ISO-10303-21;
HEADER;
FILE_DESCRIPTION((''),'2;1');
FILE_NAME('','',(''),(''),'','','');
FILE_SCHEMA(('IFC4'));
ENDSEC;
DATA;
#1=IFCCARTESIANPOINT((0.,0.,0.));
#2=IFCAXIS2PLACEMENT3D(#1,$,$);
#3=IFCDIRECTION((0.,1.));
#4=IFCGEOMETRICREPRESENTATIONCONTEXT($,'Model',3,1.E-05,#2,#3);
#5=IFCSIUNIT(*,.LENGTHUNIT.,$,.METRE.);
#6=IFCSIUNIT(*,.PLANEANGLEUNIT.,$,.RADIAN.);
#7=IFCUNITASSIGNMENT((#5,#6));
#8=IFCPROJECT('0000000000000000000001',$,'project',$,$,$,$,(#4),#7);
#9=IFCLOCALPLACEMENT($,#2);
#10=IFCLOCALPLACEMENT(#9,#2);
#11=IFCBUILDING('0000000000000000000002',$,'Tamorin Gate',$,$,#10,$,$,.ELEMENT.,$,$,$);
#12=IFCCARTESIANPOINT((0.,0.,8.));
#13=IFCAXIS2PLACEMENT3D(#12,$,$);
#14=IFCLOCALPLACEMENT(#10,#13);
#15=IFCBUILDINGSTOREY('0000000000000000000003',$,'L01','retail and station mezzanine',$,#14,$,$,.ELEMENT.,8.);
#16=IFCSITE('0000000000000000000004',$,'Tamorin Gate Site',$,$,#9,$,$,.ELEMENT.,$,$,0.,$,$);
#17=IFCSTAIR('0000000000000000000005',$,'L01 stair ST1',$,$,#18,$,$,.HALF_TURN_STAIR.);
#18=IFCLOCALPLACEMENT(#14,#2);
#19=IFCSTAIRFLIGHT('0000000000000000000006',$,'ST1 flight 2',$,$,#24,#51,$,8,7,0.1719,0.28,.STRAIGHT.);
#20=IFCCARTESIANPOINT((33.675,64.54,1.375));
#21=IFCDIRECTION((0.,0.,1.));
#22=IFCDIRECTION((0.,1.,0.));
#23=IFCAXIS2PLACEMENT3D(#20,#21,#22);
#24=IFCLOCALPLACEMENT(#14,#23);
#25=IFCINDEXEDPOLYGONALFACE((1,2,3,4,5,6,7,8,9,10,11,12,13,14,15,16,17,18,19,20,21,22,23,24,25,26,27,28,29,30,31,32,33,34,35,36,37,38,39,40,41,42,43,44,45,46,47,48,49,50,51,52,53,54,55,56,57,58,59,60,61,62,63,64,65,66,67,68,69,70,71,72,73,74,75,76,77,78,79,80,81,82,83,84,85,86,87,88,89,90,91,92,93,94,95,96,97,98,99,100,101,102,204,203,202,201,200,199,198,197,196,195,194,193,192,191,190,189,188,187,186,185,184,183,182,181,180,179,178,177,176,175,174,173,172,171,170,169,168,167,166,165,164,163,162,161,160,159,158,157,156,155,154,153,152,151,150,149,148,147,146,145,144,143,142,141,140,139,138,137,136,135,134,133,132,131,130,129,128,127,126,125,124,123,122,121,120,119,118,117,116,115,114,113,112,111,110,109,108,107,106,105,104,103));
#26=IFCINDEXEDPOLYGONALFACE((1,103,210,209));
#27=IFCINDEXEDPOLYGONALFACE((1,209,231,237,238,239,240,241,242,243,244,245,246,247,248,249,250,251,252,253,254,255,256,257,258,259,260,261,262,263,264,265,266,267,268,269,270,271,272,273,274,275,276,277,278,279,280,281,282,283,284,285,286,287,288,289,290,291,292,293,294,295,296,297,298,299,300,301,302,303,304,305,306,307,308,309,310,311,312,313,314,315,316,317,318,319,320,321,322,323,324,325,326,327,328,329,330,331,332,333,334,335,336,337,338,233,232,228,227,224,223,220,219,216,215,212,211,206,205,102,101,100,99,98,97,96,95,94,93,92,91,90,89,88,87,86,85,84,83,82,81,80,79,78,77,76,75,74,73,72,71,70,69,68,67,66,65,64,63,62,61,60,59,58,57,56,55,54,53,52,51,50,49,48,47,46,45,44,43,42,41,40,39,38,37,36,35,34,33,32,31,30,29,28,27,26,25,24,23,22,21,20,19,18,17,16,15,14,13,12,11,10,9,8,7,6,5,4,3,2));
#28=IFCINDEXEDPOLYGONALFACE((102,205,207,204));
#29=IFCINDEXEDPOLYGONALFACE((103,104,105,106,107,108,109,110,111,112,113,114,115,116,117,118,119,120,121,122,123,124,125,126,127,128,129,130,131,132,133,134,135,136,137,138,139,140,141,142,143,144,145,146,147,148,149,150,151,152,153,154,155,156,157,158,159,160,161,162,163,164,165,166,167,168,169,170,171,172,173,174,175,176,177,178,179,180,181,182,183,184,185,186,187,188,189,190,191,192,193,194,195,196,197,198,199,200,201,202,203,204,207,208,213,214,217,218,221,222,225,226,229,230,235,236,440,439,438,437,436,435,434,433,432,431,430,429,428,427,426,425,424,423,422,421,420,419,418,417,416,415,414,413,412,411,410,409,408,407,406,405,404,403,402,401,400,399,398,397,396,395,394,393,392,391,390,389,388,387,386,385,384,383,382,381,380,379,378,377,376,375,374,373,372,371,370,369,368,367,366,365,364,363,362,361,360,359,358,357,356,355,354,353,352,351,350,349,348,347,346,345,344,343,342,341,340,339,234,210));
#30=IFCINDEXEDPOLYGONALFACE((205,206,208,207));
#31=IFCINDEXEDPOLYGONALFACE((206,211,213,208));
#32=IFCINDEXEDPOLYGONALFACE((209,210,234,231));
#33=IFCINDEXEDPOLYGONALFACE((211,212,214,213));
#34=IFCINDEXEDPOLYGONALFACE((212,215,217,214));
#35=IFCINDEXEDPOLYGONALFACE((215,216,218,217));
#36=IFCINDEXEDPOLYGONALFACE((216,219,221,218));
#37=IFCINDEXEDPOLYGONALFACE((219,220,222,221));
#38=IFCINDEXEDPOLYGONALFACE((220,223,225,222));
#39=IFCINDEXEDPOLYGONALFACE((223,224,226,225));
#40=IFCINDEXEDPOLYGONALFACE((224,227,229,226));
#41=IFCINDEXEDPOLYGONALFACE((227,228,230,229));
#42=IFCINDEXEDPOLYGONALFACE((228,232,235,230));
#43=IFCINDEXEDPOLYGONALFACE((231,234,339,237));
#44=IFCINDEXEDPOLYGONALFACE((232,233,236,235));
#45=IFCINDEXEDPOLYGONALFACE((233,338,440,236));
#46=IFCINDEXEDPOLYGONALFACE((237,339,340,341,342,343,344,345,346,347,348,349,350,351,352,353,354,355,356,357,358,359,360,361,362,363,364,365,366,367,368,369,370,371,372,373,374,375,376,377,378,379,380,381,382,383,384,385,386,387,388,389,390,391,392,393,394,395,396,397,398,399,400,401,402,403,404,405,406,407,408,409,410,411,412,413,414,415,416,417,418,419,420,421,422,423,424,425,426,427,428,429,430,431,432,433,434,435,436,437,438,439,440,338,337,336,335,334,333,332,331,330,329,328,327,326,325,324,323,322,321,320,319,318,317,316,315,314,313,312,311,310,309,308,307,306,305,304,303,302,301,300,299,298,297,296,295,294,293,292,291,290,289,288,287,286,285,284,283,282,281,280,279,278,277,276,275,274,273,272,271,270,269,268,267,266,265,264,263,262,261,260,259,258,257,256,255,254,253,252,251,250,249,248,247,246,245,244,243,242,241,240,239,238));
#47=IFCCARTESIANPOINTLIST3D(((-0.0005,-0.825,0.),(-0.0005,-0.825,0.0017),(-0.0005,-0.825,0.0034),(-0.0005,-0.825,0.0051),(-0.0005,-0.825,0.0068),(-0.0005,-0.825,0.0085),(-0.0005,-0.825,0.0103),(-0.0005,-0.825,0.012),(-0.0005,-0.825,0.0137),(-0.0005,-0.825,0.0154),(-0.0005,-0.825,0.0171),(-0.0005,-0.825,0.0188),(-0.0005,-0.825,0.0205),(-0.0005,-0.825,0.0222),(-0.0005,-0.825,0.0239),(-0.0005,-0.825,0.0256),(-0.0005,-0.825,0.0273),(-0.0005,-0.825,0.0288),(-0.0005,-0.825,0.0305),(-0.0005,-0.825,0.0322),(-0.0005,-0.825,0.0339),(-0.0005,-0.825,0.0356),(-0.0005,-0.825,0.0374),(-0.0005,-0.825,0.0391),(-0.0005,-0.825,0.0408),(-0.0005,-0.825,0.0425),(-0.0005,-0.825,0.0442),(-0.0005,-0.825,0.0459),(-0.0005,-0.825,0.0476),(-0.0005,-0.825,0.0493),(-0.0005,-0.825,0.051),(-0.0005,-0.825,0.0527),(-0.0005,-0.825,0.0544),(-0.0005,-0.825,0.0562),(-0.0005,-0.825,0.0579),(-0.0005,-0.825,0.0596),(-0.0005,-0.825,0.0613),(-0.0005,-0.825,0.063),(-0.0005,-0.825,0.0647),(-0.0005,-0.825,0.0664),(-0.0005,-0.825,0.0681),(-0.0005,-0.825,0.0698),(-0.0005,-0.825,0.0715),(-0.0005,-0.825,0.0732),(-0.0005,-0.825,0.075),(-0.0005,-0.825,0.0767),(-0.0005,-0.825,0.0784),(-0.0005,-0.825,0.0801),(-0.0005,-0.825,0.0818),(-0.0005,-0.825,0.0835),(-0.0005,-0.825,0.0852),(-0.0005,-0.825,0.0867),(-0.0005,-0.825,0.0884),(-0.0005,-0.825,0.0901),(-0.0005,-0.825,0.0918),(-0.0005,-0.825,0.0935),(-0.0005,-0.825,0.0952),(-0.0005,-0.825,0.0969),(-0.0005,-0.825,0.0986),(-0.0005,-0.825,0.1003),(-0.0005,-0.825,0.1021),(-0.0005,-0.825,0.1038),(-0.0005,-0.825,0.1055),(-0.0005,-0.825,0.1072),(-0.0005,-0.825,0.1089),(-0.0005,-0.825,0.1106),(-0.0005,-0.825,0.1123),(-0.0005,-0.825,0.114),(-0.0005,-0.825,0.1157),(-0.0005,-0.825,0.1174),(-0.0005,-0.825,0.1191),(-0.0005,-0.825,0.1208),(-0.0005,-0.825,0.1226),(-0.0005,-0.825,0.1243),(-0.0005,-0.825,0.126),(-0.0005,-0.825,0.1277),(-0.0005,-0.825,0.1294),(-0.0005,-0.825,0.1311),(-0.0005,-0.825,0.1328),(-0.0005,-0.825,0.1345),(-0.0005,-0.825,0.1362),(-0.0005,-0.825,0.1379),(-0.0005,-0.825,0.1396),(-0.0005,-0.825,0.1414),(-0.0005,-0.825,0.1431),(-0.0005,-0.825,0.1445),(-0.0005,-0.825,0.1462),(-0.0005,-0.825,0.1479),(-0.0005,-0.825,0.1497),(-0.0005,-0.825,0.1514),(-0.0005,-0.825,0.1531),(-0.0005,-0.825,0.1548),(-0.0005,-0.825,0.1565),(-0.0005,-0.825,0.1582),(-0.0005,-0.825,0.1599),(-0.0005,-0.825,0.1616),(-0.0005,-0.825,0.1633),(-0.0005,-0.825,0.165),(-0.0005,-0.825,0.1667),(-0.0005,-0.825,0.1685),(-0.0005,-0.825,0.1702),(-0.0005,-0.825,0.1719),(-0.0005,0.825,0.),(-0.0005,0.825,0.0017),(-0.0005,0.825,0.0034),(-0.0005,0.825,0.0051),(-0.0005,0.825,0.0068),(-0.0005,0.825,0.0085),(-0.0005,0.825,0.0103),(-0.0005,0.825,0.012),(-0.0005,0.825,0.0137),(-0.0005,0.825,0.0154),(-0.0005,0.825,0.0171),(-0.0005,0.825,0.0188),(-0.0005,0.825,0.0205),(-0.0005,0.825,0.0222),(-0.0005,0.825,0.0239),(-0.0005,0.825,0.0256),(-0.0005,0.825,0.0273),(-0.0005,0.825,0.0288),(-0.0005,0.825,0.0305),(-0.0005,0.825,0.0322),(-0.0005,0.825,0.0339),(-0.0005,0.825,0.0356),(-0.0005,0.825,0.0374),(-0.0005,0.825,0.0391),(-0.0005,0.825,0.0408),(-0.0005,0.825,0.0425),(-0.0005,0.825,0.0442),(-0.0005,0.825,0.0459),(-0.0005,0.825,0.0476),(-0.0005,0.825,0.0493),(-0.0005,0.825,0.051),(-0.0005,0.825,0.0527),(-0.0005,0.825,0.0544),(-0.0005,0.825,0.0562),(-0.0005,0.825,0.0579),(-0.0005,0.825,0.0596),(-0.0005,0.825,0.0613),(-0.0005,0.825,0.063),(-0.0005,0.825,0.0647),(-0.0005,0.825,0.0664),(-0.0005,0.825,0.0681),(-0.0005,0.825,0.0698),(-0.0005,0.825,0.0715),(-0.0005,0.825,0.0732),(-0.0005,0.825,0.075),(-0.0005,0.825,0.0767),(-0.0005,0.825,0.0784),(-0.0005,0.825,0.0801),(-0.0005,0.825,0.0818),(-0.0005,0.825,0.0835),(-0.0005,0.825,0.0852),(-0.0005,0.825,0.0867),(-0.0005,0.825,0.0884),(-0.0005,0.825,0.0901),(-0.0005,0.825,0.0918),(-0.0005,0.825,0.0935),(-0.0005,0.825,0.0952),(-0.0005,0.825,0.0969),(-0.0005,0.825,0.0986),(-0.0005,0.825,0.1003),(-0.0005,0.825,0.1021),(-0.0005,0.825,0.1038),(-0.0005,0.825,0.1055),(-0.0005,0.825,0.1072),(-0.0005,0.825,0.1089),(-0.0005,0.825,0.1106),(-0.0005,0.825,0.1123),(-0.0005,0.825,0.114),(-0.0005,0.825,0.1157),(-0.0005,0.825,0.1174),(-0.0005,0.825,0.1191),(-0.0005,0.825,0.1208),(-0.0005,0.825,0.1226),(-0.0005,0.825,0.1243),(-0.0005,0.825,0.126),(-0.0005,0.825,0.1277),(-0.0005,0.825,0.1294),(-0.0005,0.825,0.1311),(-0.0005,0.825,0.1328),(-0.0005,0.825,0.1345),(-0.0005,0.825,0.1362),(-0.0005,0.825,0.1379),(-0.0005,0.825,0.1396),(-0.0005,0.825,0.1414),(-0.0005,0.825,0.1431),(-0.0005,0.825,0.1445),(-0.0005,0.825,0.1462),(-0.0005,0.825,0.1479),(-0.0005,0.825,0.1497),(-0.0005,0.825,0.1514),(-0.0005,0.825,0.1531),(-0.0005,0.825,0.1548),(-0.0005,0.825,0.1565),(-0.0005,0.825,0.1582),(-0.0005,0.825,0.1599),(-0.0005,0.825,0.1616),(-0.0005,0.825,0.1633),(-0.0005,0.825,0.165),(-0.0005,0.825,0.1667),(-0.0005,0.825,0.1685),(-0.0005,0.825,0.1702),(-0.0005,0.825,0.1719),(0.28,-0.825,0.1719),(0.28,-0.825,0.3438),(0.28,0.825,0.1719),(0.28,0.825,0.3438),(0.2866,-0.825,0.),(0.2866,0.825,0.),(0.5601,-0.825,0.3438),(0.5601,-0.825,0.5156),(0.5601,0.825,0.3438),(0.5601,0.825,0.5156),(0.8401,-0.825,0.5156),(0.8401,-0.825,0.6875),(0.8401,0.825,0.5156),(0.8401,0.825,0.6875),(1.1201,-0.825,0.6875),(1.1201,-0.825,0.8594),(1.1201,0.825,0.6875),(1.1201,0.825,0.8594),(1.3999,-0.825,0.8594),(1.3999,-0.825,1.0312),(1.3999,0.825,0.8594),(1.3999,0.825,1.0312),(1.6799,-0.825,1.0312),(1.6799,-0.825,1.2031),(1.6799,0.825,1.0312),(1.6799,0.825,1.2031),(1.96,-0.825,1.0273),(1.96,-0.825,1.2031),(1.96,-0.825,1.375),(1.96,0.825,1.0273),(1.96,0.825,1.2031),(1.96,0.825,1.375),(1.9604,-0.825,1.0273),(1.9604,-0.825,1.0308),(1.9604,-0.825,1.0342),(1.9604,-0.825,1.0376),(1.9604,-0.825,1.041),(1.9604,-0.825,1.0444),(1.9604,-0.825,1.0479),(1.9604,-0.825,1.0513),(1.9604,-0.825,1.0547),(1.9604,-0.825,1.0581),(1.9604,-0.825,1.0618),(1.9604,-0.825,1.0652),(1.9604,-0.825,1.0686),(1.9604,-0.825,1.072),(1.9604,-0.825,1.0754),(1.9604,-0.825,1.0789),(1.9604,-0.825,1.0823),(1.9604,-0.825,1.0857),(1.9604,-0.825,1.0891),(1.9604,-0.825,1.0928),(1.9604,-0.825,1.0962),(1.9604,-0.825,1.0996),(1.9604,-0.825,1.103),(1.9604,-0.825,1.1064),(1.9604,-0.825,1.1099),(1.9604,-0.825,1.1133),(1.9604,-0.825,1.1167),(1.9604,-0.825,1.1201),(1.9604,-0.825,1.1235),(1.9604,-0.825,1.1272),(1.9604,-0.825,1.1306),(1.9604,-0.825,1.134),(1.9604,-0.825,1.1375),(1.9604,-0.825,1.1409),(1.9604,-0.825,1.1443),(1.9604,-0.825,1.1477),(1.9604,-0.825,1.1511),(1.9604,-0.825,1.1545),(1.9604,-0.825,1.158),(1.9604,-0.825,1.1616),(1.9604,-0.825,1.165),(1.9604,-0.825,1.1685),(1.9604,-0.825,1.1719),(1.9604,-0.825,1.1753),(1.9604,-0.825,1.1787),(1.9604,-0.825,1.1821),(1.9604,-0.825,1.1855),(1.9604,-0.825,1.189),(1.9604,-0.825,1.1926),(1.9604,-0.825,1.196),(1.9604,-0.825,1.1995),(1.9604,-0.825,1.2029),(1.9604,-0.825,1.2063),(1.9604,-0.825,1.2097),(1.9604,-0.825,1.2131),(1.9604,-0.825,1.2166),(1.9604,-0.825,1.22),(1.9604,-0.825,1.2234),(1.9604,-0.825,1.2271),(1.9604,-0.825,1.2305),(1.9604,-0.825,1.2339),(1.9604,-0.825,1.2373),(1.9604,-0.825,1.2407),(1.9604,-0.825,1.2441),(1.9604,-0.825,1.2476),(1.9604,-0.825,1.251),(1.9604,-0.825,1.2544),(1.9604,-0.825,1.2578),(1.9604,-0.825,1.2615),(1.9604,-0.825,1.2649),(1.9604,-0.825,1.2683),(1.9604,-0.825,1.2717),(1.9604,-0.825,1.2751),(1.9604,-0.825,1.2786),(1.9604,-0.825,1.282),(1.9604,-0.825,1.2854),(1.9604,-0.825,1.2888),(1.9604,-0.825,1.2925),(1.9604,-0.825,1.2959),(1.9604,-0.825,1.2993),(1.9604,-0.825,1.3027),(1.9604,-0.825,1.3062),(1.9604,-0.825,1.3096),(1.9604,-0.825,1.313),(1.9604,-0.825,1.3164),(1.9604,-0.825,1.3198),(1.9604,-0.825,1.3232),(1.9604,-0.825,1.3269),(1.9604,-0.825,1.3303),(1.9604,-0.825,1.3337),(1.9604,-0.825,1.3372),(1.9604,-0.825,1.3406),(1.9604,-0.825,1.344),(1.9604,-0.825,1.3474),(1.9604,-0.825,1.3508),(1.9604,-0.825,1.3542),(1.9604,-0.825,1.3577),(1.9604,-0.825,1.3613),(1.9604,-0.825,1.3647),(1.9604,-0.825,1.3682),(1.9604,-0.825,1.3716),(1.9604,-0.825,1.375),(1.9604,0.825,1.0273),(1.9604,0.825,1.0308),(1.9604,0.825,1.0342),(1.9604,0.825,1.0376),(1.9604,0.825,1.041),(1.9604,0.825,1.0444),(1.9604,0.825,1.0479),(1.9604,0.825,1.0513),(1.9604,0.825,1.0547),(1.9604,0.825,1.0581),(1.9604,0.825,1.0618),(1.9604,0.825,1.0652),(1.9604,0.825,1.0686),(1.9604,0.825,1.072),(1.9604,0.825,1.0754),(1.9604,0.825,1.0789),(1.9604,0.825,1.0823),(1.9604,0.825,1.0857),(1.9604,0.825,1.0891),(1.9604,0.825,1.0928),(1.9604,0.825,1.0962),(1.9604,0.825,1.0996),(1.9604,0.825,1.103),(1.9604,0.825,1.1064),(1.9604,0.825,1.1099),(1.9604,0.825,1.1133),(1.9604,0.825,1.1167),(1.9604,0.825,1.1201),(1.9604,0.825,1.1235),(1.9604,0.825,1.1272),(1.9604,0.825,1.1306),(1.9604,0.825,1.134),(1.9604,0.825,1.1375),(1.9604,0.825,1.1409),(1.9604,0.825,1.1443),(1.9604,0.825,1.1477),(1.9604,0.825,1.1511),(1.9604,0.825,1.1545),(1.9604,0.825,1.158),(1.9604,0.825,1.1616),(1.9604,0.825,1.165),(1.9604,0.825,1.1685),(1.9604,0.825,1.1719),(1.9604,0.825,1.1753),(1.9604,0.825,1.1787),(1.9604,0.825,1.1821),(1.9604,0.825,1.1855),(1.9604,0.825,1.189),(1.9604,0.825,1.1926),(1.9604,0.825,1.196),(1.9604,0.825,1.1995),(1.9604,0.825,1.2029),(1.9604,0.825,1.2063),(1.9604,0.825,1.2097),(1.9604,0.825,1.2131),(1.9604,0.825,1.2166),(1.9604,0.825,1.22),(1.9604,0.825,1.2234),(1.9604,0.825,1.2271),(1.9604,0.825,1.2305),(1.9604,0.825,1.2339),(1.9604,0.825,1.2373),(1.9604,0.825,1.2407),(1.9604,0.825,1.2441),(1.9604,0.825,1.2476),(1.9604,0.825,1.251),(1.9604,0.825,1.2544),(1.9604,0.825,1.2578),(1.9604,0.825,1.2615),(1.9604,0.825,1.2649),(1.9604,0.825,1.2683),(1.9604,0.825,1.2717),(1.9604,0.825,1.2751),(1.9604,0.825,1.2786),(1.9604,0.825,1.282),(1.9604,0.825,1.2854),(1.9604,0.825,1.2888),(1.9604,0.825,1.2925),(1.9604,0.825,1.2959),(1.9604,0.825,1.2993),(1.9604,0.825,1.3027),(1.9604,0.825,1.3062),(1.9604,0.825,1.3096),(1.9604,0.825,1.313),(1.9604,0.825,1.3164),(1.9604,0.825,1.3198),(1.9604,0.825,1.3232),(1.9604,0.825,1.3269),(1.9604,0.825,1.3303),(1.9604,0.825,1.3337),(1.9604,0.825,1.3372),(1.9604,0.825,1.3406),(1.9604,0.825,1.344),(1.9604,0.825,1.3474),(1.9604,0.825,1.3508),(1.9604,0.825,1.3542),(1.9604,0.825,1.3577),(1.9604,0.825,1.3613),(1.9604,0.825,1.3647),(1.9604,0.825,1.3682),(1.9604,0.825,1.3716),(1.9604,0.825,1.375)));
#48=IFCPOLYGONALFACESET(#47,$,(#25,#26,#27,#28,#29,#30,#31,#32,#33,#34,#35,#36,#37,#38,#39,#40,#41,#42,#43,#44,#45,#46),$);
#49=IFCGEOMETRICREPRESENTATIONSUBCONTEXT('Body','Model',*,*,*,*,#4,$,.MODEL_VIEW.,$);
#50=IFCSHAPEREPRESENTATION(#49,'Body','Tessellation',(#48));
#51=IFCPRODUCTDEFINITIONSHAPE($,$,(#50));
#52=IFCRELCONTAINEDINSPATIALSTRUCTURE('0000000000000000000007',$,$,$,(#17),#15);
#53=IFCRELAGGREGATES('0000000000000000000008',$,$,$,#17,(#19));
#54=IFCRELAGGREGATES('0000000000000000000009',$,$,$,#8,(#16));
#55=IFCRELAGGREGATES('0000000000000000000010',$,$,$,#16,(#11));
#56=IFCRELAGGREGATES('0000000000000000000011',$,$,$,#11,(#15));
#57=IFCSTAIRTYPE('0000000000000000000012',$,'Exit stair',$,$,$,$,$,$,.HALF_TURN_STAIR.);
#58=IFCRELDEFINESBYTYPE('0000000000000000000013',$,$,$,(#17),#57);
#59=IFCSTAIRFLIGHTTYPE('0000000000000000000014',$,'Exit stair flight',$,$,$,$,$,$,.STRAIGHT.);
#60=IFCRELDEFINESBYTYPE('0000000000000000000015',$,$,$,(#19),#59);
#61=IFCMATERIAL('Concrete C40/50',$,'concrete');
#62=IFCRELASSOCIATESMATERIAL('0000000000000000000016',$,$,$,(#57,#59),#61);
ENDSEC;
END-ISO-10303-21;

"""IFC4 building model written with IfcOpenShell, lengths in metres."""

from ifc_helpers import new_model, si_unit, direction, frame, origin, place, context, subcontext, project, spatial, polyline, outline, extrude, material, type_object, element, aggregate, save


model = new_model("IFC4")

# Units and contexts
model_context = context("Model", 3, precision=1e-05, world=origin(), true_north=direction((0.0, 1.0)))
body_context = subcontext(model_context, "Body", "Model", "MODEL_VIEW")
ifc_project = project(units=[si_unit("LENGTHUNIT", "METRE"), si_unit("PLANEANGLEUNIT", "RADIAN")], contexts=[model_context])

# Site, building, storey
site_placement = place(None, origin())
site = spatial("IfcSite", under=ifc_project, at=site_placement, Name="Tamorin Gate Site", CompositionType="ELEMENT", RefElevation=0.0)
building_placement = place(site_placement, origin())
building = spatial("IfcBuilding", under=site, at=building_placement, Name="Tamorin Gate", CompositionType="ELEMENT")
storey_placement = place(building_placement, frame((0.0, 0.0, 8.0)))
storey = spatial("IfcBuildingStorey", under=building, at=storey_placement, Name="L01", Description="retail and station mezzanine", CompositionType="ELEMENT", Elevation=8.0)

# Shared definitions
ifc_material_1 = material(Name="Concrete C40/50", Category="concrete")

# Stair, stair flight
stair_type = type_object("IfcStairType", Name="Exit stair", PredefinedType="HALF_TURN_STAIR", material=ifc_material_1)
stair_placement = place(storey_placement, origin())
stair = element("IfcStair", 1, at=stair_placement, inside=storey, type_object=stair_type, Name="L01 stair ST1", PredefinedType="HALF_TURN_STAIR")
stair_flight_type = type_object("IfcStairFlightType", Name="Exit stair flight", PredefinedType="STRAIGHT", material=ifc_material_1)
stair_flight_1_placement = place(storey_placement, frame((33.675, 64.54, 1.375), z_axis=(0.0, 0.0, 1.0), x_axis=(0.0, 1.0, 0.0)))
stair_flight_1 = element("IfcStairFlight", 2, at=stair_flight_1_placement, type_object=stair_flight_type, Name="ST1 flight 2", NumberOfRisers=8, NumberOfTreads=7, PredefinedType="STRAIGHT", RiserHeight=0.1719, TreadLength=0.28, context=body_context, shape_type="SweptSolid", body=[
    extrude(outline(polyline([(-0.0005, 0.0), (-0.0005, 0.0017), (-0.0005, 0.0034), (-0.0005, 0.0051), (-0.0005, 0.0068), (-0.0005, 0.0085), (-0.0005, 0.0103), (-0.0005, 0.012), (-0.0005, 0.0137), (-0.0005, 0.0154), (-0.0005, 0.0171), (-0.0005, 0.0188), (-0.0005, 0.0205), (-0.0005, 0.0222), (-0.0005, 0.0239), (-0.0005, 0.0256), (-0.0005, 0.0273), (-0.0005, 0.0288), (-0.0005, 0.0305), (-0.0005, 0.0322), (-0.0005, 0.0339), (-0.0005, 0.0356), (-0.0005, 0.0374), (-0.0005, 0.0391), (-0.0005, 0.0408), (-0.0005, 0.0425), (-0.0005, 0.0442), (-0.0005, 0.0459), (-0.0005, 0.0476), (-0.0005, 0.0493), (-0.0005, 0.051), (-0.0005, 0.0527), (-0.0005, 0.0544), (-0.0005, 0.0562), (-0.0005, 0.0579), (-0.0005, 0.0596), (-0.0005, 0.0613), (-0.0005, 0.063), (-0.0005, 0.0647), (-0.0005, 0.0664), (-0.0005, 0.0681), (-0.0005, 0.0698), (-0.0005, 0.0715), (-0.0005, 0.0732), (-0.0005, 0.075), (-0.0005, 0.0767), (-0.0005, 0.0784), (-0.0005, 0.0801), (-0.0005, 0.0818), (-0.0005, 0.0835), (-0.0005, 0.0852), (-0.0005, 0.0867), (-0.0005, 0.0884), (-0.0005, 0.0901), (-0.0005, 0.0918), (-0.0005, 0.0935), (-0.0005, 0.0952), (-0.0005, 0.0969), (-0.0005, 0.0986), (-0.0005, 0.1003), (-0.0005, 0.1021), (-0.0005, 0.1038), (-0.0005, 0.1055), (-0.0005, 0.1072), (-0.0005, 0.1089), (-0.0005, 0.1106), (-0.0005, 0.1123), (-0.0005, 0.114), (-0.0005, 0.1157), (-0.0005, 0.1174), (-0.0005, 0.1191), (-0.0005, 0.1208), (-0.0005, 0.1226), (-0.0005, 0.1243), (-0.0005, 0.126), (-0.0005, 0.1277), (-0.0005, 0.1294), (-0.0005, 0.1311), (-0.0005, 0.1328), (-0.0005, 0.1345), (-0.0005, 0.1362), (-0.0005, 0.1379), (-0.0005, 0.1396), (-0.0005, 0.1414), (-0.0005, 0.1431), (-0.0005, 0.1445), (-0.0005, 0.1462), (-0.0005, 0.1479), (-0.0005, 0.1497), (-0.0005, 0.1514), (-0.0005, 0.1531), (-0.0005, 0.1548), (-0.0005, 0.1565), (-0.0005, 0.1582), (-0.0005, 0.1599), (-0.0005, 0.1616), (-0.0005, 0.1633), (-0.0005, 0.165), (-0.0005, 0.1667), (-0.0005, 0.1685), (-0.0005, 0.1702), (-0.0005, 0.1719), (0.28, 0.1719), (0.28, 0.3438), (0.5601, 0.3438), (0.5601, 0.5156), (0.8401, 0.5156), (0.8401, 0.6875), (1.1201, 0.6875), (1.1201, 0.8594), (1.3999, 0.8594), (1.3999, 1.0312), (1.6799, 1.0312), (1.6799, 1.2031), (1.96, 1.2031), (1.96, 1.375), (1.9604, 1.375), (1.9604, 1.3716), (1.9604, 1.3682), (1.9604, 1.3647), (1.9604, 1.3613), (1.9604, 1.3577), (1.9604, 1.3542), (1.9604, 1.3508), (1.9604, 1.3474), (1.9604, 1.344), (1.9604, 1.3406), (1.9604, 1.3372), (1.9604, 1.3337), (1.9604, 1.3303), (1.9604, 1.3269), (1.9604, 1.3232), (1.9604, 1.3198), (1.9604, 1.3164), (1.9604, 1.313), (1.9604, 1.3096), (1.9604, 1.3062), (1.9604, 1.3027), (1.9604, 1.2993), (1.9604, 1.2959), (1.9604, 1.2925), (1.9604, 1.2888), (1.9604, 1.2854), (1.9604, 1.282), (1.9604, 1.2786), (1.9604, 1.2751), (1.9604, 1.2717), (1.9604, 1.2683), (1.9604, 1.2649), (1.9604, 1.2615), (1.9604, 1.2578), (1.9604, 1.2544), (1.9604, 1.251), (1.9604, 1.2476), (1.9604, 1.2441), (1.9604, 1.2407), (1.9604, 1.2373), (1.9604, 1.2339), (1.9604, 1.2305), (1.9604, 1.2271), (1.9604, 1.2234), (1.9604, 1.22), (1.9604, 1.2166), (1.9604, 1.2131), (1.9604, 1.2097), (1.9604, 1.2063), (1.9604, 1.2029), (1.9604, 1.1995), (1.9604, 1.196), (1.9604, 1.1926), (1.9604, 1.189), (1.9604, 1.1855), (1.9604, 1.1821), (1.9604, 1.1787), (1.9604, 1.1753), (1.9604, 1.1719), (1.9604, 1.1685), (1.9604, 1.165), (1.9604, 1.1616), (1.9604, 1.158), (1.9604, 1.1545), (1.9604, 1.1511), (1.9604, 1.1477), (1.9604, 1.1443), (1.9604, 1.1409), (1.9604, 1.1375), (1.9604, 1.134), (1.9604, 1.1306), (1.9604, 1.1272), (1.9604, 1.1235), (1.9604, 1.1201), (1.9604, 1.1167), (1.9604, 1.1133), (1.9604, 1.1099), (1.9604, 1.1064), (1.9604, 1.103), (1.9604, 1.0996), (1.9604, 1.0962), (1.9604, 1.0928), (1.9604, 1.0891), (1.9604, 1.0857), (1.9604, 1.0823), (1.9604, 1.0789), (1.9604, 1.0754), (1.9604, 1.072), (1.9604, 1.0686), (1.9604, 1.0652), (1.9604, 1.0618), (1.9604, 1.0581), (1.9604, 1.0547), (1.9604, 1.0513), (1.9604, 1.0479), (1.9604, 1.0444), (1.9604, 1.041), (1.9604, 1.0376), (1.9604, 1.0342), (1.9604, 1.0308), (1.9604, 1.0273), (1.96, 1.0273), (0.2866, 0.0), (-0.0005, 0.0)])), frame((0.0, 0.825, 0.0), z_axis=(0.0, -1.0, 0.0), x_axis=(1.0, 0.0, 0.0)), (0.0, 0.0, 1.0), 1.6499),
])
aggregate(stair, [stair_flight_1])

save(model, "model.ifc")
